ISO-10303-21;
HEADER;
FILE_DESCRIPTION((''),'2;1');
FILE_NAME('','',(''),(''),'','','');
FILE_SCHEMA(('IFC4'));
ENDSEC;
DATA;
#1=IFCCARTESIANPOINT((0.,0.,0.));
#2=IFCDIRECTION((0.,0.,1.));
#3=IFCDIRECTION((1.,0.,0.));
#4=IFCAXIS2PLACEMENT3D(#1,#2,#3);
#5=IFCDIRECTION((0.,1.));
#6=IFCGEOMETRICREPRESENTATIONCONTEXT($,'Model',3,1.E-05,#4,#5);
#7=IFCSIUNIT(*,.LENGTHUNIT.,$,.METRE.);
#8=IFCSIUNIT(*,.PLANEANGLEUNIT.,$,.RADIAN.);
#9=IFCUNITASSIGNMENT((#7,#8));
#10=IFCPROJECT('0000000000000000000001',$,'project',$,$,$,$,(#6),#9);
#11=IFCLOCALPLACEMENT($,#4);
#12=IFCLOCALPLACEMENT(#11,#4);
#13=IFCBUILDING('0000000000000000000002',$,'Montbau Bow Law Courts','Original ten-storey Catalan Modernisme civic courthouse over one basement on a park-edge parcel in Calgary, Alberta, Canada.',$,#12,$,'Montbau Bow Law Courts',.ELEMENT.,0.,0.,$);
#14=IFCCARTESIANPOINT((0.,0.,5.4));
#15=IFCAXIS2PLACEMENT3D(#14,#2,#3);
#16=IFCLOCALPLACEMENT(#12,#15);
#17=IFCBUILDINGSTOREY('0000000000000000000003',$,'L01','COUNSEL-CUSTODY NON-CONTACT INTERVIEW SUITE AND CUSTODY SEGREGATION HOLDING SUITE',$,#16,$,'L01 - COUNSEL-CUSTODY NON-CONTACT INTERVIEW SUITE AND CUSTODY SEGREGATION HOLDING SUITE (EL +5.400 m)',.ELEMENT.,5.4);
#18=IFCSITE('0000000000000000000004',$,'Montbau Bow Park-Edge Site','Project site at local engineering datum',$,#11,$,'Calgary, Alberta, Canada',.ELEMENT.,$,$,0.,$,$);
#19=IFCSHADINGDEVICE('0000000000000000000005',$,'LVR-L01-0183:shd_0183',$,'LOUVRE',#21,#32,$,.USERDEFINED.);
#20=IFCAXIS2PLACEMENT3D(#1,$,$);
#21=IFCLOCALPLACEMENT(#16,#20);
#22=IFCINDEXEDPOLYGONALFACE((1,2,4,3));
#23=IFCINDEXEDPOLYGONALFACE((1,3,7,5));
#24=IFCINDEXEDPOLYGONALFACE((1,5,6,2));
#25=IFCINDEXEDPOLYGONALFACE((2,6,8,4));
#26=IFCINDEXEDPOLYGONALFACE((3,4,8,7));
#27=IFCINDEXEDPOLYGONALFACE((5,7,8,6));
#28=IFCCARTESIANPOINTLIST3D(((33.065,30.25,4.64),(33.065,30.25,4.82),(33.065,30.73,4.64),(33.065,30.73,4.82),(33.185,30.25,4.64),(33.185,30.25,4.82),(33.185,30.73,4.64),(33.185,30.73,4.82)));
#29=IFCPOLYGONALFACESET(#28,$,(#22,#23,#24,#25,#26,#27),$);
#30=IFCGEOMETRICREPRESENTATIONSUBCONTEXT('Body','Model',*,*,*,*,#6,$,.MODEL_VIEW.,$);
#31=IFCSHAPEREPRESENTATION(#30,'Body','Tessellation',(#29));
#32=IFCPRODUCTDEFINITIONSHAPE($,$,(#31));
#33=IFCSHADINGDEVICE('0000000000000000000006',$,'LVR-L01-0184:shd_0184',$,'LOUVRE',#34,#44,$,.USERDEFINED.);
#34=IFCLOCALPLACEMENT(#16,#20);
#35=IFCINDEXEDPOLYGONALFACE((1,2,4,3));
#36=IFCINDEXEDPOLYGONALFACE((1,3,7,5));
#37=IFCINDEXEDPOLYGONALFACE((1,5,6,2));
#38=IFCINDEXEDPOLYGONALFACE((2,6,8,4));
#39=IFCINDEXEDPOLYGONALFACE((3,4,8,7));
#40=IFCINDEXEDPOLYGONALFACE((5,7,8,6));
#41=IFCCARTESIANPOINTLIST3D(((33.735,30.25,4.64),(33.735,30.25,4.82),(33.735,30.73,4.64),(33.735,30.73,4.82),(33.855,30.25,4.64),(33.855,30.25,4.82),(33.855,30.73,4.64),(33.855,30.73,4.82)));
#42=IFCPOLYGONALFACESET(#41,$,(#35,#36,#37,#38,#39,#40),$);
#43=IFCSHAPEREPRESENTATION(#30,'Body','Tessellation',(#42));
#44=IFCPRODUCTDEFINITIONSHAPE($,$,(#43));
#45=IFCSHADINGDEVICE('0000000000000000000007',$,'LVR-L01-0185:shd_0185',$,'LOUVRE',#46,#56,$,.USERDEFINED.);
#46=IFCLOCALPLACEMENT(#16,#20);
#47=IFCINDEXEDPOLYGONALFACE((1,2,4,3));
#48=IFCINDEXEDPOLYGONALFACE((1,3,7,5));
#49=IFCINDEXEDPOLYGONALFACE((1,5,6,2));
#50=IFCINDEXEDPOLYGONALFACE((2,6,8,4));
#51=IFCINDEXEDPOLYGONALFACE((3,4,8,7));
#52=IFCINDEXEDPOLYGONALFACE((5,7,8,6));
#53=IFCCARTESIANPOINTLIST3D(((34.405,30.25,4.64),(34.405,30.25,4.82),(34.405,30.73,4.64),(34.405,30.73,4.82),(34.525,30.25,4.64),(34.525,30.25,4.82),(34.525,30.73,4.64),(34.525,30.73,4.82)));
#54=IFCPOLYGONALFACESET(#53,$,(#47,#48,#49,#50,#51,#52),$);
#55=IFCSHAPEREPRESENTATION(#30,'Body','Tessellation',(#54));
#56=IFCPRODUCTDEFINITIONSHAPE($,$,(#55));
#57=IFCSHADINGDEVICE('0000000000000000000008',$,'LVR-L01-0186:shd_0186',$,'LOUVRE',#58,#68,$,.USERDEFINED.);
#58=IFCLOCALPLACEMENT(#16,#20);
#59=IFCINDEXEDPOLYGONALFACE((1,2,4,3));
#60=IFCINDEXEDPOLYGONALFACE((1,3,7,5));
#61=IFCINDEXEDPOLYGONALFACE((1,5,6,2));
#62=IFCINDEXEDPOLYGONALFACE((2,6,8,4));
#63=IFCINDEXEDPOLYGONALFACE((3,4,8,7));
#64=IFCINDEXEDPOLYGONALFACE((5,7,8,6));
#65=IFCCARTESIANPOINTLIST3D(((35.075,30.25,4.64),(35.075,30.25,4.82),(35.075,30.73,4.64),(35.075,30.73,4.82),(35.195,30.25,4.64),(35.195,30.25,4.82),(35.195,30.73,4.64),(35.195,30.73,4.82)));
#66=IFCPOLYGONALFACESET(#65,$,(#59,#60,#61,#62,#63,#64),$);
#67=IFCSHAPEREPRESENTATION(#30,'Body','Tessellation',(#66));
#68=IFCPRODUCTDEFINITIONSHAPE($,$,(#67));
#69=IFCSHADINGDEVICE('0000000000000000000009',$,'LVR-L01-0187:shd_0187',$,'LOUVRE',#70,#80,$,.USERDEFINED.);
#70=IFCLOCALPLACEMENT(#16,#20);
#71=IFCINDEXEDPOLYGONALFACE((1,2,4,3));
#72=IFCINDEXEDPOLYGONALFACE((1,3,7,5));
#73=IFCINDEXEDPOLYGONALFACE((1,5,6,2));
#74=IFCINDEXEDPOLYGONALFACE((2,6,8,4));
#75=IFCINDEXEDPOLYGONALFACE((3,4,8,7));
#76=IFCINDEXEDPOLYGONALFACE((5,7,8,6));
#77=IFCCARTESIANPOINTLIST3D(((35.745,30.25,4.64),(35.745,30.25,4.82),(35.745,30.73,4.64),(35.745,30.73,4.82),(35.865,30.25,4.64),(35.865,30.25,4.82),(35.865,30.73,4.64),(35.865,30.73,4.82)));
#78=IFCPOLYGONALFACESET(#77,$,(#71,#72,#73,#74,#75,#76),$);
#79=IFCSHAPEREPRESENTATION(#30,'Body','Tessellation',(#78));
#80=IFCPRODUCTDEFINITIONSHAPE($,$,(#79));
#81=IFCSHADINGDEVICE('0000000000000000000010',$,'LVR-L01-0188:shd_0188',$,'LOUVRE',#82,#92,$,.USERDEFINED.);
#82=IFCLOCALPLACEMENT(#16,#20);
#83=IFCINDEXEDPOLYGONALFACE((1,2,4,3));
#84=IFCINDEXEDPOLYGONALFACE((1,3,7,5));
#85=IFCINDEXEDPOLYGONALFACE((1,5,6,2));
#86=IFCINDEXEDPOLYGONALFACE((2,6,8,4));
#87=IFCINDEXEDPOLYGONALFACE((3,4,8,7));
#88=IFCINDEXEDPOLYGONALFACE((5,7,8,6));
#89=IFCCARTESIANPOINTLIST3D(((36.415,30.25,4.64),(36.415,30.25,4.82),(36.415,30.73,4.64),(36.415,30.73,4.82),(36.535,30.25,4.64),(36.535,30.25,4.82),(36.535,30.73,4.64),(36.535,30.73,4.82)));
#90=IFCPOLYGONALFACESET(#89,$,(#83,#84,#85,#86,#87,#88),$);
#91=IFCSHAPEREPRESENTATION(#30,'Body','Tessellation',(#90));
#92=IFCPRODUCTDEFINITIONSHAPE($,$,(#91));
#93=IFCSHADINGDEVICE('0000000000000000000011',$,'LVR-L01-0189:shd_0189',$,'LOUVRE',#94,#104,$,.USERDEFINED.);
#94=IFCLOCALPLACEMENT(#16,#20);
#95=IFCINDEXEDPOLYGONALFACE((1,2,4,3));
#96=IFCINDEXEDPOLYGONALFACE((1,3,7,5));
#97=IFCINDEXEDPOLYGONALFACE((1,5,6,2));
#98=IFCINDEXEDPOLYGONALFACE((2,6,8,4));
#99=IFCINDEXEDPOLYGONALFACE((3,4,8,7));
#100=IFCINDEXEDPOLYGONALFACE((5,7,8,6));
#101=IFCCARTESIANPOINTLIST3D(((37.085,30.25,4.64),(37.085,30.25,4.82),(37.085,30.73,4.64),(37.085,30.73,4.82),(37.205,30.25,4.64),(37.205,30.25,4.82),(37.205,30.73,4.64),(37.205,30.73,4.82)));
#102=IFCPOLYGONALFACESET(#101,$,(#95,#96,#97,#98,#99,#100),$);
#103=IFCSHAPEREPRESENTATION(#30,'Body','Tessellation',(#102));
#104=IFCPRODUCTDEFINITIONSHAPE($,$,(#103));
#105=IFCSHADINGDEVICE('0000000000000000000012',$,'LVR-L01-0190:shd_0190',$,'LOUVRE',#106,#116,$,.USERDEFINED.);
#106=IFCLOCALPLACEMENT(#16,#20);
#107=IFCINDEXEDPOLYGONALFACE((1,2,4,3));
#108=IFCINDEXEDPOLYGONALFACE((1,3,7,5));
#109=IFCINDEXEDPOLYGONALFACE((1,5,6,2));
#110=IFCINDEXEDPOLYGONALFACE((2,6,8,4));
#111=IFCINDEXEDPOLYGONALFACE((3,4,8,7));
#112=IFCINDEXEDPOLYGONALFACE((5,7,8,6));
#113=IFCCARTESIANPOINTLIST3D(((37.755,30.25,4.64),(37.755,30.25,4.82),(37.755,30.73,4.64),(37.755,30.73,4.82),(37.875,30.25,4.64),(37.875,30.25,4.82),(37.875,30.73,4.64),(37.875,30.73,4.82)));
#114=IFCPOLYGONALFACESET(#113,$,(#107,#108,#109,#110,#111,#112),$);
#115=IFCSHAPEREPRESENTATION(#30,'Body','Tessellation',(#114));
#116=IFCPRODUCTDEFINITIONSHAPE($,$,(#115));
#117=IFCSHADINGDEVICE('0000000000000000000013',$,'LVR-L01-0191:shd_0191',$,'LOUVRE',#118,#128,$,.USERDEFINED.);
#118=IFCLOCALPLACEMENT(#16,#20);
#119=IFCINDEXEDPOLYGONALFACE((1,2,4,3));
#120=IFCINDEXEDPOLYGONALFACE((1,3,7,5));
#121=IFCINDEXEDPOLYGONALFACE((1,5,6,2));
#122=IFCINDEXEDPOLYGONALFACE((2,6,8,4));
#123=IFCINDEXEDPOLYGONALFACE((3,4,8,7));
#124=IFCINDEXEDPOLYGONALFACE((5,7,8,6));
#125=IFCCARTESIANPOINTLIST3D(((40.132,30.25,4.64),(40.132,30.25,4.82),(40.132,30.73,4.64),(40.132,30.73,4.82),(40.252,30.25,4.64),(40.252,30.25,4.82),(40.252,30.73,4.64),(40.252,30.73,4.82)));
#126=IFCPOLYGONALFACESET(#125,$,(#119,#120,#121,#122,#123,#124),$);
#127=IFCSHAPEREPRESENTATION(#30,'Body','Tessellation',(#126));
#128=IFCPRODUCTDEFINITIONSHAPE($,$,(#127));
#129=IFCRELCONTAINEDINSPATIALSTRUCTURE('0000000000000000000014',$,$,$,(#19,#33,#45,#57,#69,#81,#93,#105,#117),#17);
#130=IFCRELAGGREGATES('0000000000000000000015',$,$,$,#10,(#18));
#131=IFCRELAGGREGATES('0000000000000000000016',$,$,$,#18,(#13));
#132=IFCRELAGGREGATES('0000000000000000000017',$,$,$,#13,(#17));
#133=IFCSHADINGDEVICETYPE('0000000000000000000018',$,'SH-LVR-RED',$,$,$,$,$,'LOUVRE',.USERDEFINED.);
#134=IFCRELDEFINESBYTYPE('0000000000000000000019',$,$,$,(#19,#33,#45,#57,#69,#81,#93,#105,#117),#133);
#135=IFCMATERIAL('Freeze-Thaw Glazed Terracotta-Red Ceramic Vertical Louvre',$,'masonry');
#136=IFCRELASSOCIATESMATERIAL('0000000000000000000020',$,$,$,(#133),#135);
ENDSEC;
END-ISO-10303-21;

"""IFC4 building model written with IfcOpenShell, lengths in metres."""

from ifc_helpers import new_model, si_unit, direction, frame, origin_with_axes, origin_2d_with_axis, place, context, subcontext, project, spatial, rectangle, extrude, material, type_object, element, save


model = new_model("IFC4")

# Units and contexts
model_context = context("Model", 3, precision=1e-05, world=origin_with_axes(), true_north=direction((0.0, 1.0)))
body_context = subcontext(model_context, "Body", "Model", "MODEL_VIEW")
ifc_project = project(units=[si_unit("LENGTHUNIT", "METRE"), si_unit("PLANEANGLEUNIT", "RADIAN")], contexts=[model_context])

# Site, building, storey
site_placement = place(None, origin_with_axes())
site = spatial("IfcSite", under=ifc_project, at=site_placement, Name="Montbau Bow Park-Edge Site", Description="Project site at local engineering datum", LongName="Calgary, Alberta, Canada", CompositionType="ELEMENT", RefElevation=0.0)
building_placement = place(site_placement, origin_with_axes())
building = spatial("IfcBuilding", under=site, at=building_placement, Name="Montbau Bow Law Courts", Description="Original ten-storey Catalan Modernisme civic courthouse over one basement on a park-edge parcel in Calgary, Alberta, Canada.", LongName="Montbau Bow Law Courts", CompositionType="ELEMENT", ElevationOfRefHeight=0.0, ElevationOfTerrain=0.0)
storey_placement = place(building_placement, frame((0.0, 0.0, 5.4), z_axis=(0.0, 0.0, 1.0), x_axis=(1.0, 0.0, 0.0)))
storey = spatial("IfcBuildingStorey", under=building, at=storey_placement, Name="L01", Description="COUNSEL-CUSTODY NON-CONTACT INTERVIEW SUITE AND CUSTODY SEGREGATION HOLDING SUITE", LongName="L01 - COUNSEL-CUSTODY NON-CONTACT INTERVIEW SUITE AND CUSTODY SEGREGATION HOLDING SUITE (EL +5.400 m)", CompositionType="ELEMENT", Elevation=5.4)

# Shading devices
ifc_material_1 = material(Name="Freeze-Thaw Glazed Terracotta-Red Ceramic Vertical Louvre", Category="masonry")
shading_device_type = type_object("IfcShadingDeviceType", Name="SH-LVR-RED", ElementType="LOUVRE", PredefinedType="USERDEFINED", material=ifc_material_1)
for number, where, z_axis, x_axis, name in (
    (1, (33.125, 30.49, 10.04), (0.0, 0.0, 1.0), (0.0, -1.0, 0.0), "LVR-L01-0183:shd_0183"),
    (2, (33.795, 30.49, 10.04), (0.0, 0.0, 1.0), (0.0, -1.0, 0.0), "LVR-L01-0184:shd_0184"),
    (3, (34.465, 30.49, 10.04), (0.0, 0.0, 1.0), (0.0, -1.0, 0.0), "LVR-L01-0185:shd_0185"),
    (4, (35.135, 30.49, 10.04), (0.0, 0.0, 1.0), (0.0, -1.0, 0.0), "LVR-L01-0186:shd_0186"),
    (5, (35.805, 30.49, 10.04), (0.0, 0.0, 1.0), (0.0, -1.0, 0.0), "LVR-L01-0187:shd_0187"),
    (6, (36.475, 30.49, 10.04), (0.0, 0.0, 1.0), (0.0, -1.0, 0.0), "LVR-L01-0188:shd_0188"),
    (7, (37.145, 30.49, 10.04), (0.0, 0.0, 1.0), (0.0, -1.0, 0.0), "LVR-L01-0189:shd_0189"),
    (8, (37.815, 30.49, 10.04), (0.0, 0.0, 1.0), (0.0, -1.0, 0.0), "LVR-L01-0190:shd_0190"),
    (9, (40.192, 30.49, 10.04), (0.0, 0.0, 1.0), (0.0, -1.0, 0.0), "LVR-L01-0191:shd_0191"),
):
    element("IfcShadingDevice", number, at=place(None, frame(where, z_axis=z_axis, x_axis=x_axis)), inside=storey, type_object=shading_device_type, Name=name, ObjectType="LOUVRE", PredefinedType="USERDEFINED", context=body_context, shape_type="SweptSolid", body=[
        extrude(rectangle(XDim=0.48, YDim=0.12, at=origin_2d_with_axis()), origin_with_axes(), (0.0, 0.0, 1.0), 0.18),
    ])

save(model, "model.ifc")
